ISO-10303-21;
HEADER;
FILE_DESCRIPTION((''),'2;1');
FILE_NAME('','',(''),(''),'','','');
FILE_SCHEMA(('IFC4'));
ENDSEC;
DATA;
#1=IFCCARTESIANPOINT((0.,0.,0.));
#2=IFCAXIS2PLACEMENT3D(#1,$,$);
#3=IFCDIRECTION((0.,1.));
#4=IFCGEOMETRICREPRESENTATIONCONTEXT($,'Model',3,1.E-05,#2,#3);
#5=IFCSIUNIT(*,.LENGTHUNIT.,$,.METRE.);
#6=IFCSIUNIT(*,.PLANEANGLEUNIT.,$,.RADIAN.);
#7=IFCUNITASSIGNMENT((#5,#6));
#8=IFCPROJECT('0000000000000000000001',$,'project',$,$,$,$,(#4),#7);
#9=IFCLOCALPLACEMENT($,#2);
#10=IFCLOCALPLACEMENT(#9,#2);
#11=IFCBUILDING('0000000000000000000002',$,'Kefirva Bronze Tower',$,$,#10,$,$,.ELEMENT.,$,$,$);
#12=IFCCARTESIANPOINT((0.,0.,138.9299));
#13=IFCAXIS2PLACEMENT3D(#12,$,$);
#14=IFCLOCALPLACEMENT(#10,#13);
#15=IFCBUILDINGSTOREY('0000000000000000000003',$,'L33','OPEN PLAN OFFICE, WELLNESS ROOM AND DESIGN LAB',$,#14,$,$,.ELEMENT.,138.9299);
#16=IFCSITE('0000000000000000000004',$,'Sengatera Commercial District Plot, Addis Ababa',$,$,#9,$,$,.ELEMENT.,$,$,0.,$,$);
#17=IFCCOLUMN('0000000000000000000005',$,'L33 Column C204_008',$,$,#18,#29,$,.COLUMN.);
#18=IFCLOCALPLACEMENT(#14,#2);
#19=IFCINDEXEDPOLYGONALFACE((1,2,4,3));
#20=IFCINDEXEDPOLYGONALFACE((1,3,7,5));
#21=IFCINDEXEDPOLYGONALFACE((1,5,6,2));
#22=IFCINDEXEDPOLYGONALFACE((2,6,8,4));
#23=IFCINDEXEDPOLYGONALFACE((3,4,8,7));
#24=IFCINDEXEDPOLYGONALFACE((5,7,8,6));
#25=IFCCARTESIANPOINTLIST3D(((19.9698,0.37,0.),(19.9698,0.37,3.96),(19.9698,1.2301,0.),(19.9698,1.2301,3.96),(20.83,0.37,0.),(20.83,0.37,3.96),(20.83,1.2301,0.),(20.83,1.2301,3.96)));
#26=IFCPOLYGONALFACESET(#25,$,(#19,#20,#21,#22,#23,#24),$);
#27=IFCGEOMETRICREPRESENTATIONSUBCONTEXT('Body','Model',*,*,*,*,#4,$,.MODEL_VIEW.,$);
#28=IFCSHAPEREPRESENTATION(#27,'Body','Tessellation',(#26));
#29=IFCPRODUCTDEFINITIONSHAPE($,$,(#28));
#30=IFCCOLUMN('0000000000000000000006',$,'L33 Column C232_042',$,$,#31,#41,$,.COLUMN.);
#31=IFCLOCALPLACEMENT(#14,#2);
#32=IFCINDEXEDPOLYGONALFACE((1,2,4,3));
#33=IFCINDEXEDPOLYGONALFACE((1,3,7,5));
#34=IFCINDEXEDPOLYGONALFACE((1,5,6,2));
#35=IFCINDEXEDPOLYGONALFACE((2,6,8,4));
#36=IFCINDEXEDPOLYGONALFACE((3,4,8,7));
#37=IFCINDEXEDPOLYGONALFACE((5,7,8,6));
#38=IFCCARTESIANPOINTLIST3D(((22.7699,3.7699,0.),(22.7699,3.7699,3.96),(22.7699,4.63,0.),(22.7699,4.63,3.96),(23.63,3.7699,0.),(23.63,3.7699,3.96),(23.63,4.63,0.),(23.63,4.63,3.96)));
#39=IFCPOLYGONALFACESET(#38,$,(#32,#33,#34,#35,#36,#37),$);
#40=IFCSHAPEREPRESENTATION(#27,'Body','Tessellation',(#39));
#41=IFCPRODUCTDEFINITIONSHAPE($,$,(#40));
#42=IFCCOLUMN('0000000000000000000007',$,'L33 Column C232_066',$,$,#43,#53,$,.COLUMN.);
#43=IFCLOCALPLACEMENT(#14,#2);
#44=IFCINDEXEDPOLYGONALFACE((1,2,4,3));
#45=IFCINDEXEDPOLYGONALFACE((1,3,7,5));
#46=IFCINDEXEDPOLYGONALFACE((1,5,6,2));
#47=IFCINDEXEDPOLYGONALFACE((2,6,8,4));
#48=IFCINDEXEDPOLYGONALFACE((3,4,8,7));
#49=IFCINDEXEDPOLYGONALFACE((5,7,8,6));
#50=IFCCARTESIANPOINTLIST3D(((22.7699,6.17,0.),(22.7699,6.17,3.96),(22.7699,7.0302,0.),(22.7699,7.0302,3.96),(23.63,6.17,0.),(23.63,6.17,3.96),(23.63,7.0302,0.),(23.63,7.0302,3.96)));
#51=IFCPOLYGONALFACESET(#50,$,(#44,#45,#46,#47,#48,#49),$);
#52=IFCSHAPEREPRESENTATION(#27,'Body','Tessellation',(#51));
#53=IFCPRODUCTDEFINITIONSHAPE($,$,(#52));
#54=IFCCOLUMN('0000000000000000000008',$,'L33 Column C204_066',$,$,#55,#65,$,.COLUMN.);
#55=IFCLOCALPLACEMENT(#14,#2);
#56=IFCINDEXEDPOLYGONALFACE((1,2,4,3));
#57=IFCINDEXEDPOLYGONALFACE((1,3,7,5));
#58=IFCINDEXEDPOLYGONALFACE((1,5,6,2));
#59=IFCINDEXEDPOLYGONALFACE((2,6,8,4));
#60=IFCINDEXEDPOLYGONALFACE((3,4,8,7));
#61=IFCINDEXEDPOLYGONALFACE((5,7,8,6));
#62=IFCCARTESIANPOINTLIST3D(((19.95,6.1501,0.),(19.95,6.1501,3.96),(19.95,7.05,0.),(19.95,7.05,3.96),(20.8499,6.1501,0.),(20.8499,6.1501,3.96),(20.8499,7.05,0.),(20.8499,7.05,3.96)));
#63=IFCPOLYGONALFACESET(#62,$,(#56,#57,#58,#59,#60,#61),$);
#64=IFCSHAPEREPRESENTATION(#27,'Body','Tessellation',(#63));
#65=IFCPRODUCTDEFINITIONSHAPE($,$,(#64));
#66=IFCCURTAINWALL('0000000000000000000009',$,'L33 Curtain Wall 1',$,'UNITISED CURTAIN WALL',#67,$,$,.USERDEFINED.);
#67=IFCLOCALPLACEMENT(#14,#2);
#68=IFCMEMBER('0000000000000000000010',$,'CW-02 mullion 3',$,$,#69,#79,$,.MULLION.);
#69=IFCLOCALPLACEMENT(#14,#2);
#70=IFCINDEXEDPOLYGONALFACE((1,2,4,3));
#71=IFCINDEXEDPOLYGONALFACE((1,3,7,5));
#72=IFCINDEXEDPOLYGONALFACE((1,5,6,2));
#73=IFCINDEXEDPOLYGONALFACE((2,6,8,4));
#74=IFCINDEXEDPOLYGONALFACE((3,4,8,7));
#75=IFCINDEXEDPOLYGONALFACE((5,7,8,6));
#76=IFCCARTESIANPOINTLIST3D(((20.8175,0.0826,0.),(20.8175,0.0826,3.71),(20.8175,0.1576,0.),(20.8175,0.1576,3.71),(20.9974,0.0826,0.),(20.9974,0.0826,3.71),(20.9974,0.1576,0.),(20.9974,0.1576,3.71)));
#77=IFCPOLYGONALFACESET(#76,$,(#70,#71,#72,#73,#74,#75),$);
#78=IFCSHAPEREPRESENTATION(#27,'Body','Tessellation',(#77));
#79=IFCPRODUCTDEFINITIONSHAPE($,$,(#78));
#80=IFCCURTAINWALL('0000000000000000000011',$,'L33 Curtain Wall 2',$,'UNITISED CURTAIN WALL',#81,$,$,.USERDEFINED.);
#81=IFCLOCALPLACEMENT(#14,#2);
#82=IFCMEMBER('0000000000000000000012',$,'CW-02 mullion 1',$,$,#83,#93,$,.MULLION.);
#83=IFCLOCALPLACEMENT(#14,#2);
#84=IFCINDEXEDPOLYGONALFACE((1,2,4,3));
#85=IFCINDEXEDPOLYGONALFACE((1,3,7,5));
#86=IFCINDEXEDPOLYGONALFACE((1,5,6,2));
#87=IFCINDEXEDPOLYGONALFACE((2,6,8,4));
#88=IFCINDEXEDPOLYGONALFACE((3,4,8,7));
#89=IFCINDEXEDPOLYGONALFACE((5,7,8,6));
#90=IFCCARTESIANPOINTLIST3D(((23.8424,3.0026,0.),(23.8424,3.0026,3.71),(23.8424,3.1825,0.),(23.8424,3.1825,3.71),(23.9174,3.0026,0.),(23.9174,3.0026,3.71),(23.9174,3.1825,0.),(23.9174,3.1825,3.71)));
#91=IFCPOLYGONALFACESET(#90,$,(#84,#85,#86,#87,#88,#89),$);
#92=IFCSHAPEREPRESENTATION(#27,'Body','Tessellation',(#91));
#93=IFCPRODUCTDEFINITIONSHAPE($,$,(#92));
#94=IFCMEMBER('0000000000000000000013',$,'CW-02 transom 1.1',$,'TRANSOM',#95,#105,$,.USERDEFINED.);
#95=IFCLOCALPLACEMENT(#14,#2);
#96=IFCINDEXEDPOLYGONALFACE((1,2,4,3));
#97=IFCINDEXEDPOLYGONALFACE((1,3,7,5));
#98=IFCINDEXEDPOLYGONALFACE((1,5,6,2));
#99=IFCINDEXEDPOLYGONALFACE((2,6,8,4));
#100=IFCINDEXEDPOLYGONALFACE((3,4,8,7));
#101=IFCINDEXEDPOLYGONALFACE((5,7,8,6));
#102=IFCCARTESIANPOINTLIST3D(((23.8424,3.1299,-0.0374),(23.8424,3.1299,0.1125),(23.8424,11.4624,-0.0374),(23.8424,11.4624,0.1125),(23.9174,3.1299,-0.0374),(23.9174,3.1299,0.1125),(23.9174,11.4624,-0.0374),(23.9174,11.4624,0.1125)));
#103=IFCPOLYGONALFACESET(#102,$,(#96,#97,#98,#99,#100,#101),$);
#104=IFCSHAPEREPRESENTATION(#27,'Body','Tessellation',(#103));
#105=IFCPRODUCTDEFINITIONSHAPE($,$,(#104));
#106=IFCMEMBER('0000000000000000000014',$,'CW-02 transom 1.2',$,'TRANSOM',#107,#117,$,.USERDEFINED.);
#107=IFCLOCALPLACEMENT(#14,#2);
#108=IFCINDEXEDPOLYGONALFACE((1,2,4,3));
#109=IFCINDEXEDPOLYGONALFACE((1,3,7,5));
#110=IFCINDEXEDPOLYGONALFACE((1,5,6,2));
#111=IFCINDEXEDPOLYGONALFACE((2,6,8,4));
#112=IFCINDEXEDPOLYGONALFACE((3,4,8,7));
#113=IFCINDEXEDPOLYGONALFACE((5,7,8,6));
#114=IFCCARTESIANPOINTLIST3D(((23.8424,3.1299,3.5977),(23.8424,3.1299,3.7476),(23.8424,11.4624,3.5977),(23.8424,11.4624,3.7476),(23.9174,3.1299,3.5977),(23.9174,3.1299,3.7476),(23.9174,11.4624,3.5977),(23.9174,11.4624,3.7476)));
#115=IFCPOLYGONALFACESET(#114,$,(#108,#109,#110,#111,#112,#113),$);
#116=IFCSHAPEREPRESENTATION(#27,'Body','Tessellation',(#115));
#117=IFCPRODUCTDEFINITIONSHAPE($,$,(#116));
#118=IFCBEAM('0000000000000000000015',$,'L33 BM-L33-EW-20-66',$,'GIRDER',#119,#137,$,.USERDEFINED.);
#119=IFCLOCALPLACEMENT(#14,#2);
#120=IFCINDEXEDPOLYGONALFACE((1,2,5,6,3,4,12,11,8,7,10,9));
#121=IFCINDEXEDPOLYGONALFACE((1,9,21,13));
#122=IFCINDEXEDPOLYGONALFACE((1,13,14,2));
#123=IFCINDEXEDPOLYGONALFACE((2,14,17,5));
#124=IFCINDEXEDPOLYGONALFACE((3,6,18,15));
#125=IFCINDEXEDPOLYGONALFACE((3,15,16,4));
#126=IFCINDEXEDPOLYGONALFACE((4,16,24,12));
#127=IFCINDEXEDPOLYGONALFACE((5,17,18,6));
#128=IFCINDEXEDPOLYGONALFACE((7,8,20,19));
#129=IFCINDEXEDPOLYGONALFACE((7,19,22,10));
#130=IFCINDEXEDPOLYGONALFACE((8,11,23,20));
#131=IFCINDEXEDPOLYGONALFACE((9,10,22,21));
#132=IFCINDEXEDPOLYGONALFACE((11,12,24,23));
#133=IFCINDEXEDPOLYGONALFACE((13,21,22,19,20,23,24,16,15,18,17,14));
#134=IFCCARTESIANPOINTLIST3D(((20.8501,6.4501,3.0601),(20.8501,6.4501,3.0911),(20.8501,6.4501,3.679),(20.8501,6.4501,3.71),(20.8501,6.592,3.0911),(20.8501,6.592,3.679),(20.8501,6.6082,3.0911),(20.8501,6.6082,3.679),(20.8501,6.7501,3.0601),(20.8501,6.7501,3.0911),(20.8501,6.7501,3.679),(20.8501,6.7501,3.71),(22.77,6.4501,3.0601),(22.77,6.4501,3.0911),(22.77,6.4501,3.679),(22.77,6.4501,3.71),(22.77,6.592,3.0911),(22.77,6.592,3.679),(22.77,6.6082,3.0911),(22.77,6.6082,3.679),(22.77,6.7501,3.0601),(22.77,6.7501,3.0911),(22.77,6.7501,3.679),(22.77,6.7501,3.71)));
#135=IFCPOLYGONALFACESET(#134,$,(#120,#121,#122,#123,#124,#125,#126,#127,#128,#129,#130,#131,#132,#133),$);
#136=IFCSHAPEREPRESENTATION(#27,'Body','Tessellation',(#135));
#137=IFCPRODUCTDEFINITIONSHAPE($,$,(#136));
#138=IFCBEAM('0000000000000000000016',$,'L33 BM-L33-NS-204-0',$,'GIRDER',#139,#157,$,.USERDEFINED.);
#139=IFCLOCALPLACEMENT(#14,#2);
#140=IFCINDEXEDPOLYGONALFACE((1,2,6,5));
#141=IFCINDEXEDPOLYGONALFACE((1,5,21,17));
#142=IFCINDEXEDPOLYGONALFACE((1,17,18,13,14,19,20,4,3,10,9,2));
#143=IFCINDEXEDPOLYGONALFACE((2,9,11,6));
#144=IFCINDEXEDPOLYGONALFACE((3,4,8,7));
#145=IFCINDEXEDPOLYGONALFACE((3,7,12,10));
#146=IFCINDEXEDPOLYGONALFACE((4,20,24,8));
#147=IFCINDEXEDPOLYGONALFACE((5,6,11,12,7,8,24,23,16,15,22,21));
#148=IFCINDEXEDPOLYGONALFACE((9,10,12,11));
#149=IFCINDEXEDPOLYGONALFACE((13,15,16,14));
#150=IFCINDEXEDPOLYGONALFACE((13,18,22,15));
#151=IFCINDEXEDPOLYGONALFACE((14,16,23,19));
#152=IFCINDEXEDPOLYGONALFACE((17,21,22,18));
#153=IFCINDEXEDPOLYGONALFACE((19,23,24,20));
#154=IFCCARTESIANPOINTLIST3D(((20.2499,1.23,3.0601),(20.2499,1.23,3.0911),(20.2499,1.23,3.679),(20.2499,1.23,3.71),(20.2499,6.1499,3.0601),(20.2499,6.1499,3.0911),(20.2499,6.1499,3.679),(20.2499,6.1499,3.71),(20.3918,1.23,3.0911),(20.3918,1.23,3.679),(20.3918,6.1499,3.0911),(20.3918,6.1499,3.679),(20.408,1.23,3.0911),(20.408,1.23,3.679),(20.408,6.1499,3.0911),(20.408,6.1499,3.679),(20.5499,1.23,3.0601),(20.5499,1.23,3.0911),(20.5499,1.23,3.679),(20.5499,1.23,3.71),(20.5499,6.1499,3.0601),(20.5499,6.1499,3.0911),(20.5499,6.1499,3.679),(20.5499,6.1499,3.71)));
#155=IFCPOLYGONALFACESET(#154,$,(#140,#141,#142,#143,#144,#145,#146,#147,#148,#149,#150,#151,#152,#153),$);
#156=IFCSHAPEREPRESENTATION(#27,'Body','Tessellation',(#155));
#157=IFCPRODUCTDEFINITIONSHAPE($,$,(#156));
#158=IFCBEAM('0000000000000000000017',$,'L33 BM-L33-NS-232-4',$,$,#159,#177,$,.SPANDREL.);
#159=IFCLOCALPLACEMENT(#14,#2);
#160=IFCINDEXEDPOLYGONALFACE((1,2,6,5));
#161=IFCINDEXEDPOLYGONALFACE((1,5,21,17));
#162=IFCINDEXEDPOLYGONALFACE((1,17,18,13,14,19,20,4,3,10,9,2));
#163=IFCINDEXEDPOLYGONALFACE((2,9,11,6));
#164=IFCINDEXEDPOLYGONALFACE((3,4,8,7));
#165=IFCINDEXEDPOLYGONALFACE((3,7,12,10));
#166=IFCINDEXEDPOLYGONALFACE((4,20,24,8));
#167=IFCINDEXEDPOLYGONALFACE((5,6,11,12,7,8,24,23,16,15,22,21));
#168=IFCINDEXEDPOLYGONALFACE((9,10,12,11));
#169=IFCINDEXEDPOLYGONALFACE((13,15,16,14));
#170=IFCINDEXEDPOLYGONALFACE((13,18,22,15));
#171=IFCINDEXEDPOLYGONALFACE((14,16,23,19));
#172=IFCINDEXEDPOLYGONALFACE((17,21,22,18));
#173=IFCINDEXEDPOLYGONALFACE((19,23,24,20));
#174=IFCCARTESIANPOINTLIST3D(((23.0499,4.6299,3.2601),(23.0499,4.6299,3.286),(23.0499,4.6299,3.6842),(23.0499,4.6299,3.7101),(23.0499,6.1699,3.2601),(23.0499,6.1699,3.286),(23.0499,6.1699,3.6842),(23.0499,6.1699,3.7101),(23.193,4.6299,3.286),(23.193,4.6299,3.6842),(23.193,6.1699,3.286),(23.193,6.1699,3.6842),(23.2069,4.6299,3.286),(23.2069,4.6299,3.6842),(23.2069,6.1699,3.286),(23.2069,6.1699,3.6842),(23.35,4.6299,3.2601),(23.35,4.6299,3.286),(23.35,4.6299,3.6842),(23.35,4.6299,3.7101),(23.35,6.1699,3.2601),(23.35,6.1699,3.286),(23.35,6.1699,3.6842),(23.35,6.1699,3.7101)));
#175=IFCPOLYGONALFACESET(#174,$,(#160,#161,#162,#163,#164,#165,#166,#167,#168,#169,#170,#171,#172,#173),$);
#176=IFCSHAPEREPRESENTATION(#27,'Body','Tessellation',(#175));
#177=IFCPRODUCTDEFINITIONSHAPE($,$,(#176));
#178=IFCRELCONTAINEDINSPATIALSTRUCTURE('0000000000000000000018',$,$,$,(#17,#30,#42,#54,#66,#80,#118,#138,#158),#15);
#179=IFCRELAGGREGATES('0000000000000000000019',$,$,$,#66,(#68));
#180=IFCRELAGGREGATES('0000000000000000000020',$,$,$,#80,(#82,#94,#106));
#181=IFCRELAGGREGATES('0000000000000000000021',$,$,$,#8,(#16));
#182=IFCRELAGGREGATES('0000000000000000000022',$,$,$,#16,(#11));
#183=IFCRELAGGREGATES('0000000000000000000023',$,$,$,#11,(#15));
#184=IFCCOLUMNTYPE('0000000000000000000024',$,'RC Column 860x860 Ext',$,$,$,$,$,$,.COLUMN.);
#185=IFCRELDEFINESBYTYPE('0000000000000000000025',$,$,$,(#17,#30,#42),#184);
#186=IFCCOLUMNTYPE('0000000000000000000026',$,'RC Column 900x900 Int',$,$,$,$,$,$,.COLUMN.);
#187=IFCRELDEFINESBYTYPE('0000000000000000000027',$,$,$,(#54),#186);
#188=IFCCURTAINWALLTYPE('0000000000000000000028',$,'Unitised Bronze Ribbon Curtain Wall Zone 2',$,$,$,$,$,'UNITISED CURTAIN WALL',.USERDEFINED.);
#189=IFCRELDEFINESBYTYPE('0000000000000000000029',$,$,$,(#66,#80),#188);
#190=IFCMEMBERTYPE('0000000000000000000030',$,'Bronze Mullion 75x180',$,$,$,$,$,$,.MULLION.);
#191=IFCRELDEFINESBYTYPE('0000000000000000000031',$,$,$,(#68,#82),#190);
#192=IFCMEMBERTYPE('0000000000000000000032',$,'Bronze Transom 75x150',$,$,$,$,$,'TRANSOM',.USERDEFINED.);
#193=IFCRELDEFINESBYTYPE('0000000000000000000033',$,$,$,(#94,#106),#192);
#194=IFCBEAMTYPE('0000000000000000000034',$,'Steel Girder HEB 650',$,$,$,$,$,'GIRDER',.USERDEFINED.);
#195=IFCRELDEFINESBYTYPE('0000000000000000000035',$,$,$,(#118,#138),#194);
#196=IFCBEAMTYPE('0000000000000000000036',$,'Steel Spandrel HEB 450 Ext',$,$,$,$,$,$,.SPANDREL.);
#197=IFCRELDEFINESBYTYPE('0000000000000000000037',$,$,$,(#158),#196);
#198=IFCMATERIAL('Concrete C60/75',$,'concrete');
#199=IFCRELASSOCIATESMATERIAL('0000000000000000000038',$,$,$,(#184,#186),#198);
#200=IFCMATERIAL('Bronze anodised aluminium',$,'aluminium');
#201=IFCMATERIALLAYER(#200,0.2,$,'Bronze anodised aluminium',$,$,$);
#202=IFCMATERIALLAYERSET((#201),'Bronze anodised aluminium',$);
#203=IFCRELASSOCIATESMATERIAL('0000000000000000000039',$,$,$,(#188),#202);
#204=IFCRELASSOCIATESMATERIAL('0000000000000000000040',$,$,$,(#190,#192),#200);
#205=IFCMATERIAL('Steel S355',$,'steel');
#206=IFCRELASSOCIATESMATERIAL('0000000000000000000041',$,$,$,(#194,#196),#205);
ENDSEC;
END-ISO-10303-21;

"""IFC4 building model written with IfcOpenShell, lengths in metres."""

from ifc_helpers import new_model, si_unit, direction, frame, origin, origin_2d, place, context, subcontext, project, spatial, rectangle, i_section, extrude, material, layer, layer_set, material_profile, profile_set, type_object, element, aggregate, save


model = new_model("IFC4")

# Units and contexts
model_context = context("Model", 3, precision=1e-05, world=origin(), true_north=direction((0.0, 1.0)))
body_context = subcontext(model_context, "Body", "Model", "MODEL_VIEW")
ifc_project = project(units=[si_unit("LENGTHUNIT", "METRE"), si_unit("PLANEANGLEUNIT", "RADIAN")], contexts=[model_context])

# Site, building, storey
site_placement = place(None, origin())
site = spatial("IfcSite", under=ifc_project, at=site_placement, Name="Sengatera Commercial District Plot, Addis Ababa", CompositionType="ELEMENT", RefElevation=0.0)
building_placement = place(site_placement, origin())
building = spatial("IfcBuilding", under=site, at=building_placement, Name="Kefirva Bronze Tower", CompositionType="ELEMENT")
storey_placement = place(building_placement, frame((0.0, 0.0, 138.9299)))
storey = spatial("IfcBuildingStorey", under=building, at=storey_placement, Name="L33", Description="OPEN PLAN OFFICE, WELLNESS ROOM AND DESIGN LAB", CompositionType="ELEMENT", Elevation=138.9299)

# Columns
ifc_material_1 = material(Name="Concrete C60/75", Category="concrete")
ifc_material_profile_1 = material_profile(ifc_material_1, rectangle(XDim=0.8601, YDim=0.8601, at=origin_2d()), Name="RC 860x860")
ifc_profile_set_1 = profile_set([ifc_material_profile_1], Name="Concrete C60/75")
column_type_1 = type_object("IfcColumnType", Name="RC Column 860x860 Ext", PredefinedType="COLUMN", material=ifc_profile_set_1)
for number, where, z_axis, x_axis, name in (
    (1, (20.3999, 0.8, 0.0), (0.0, 0.0, 1.0), (1.0, 0.0, 0.0), "L33 Column C204_008"),
    (2, (23.2, 4.2, 0.0), (0.0, 0.0, 1.0), (1.0, 0.0, 0.0), "L33 Column C232_042"),
    (3, (23.2, 6.6001, 0.0), (0.0, 0.0, 1.0), (1.0, 0.0, 0.0), "L33 Column C232_066"),
):
    element("IfcColumn", number, at=place(storey_placement, frame(where, z_axis=z_axis, x_axis=x_axis)), inside=storey, type_object=column_type_1, Name=name, PredefinedType="COLUMN", context=body_context, shape_type="SweptSolid", body=[
        extrude(rectangle(XDim=0.8601, YDim=0.8601, at=origin_2d()), origin(), (0.0, 0.0, 1.0), 3.96),
    ])
ifc_material_profile_2 = material_profile(ifc_material_1, rectangle(XDim=0.8999, YDim=0.8999, at=origin_2d()), Name="RC 900x900")
ifc_profile_set_2 = profile_set([ifc_material_profile_2], Name="Concrete C60/75")
column_type_2 = type_object("IfcColumnType", Name="RC Column 900x900 Int", PredefinedType="COLUMN", material=ifc_profile_set_2)
column_placement = place(storey_placement, frame((20.3999, 6.6001, 0.0), z_axis=(0.0, 0.0, 1.0), x_axis=(1.0, 0.0, 0.0)))
element("IfcColumn", 4, at=column_placement, inside=storey, type_object=column_type_2, Name="L33 Column C204_066", PredefinedType="COLUMN", context=body_context, shape_type="SweptSolid", body=[
    extrude(rectangle(XDim=0.8999, YDim=0.8999, at=origin_2d()), origin(), (0.0, 0.0, 1.0), 3.96),
])

# Curtain wall, member
ifc_material_2 = material(Name="Bronze anodised aluminium", Category="aluminium")
ifc_layer_1 = layer(ifc_material_2, 0.2, Name="Bronze anodised aluminium")
ifc_layer_set_1 = layer_set([ifc_layer_1], Name="Bronze anodised aluminium")
curtain_wall_type = type_object("IfcCurtainWallType", Name="Unitised Bronze Ribbon Curtain Wall Zone 2", ElementType="UNITISED CURTAIN WALL", PredefinedType="USERDEFINED", material=ifc_layer_set_1)
curtain_wall_1_placement = place(storey_placement, origin())
curtain_wall_1 = element("IfcCurtainWall", 5, at=curtain_wall_1_placement, inside=storey, type_object=curtain_wall_type, Name="L33 Curtain Wall 1", ObjectType="UNITISED CURTAIN WALL", PredefinedType="USERDEFINED")
ifc_material_profile_3 = material_profile(ifc_material_2, rectangle(XDim=0.075, YDim=0.1799, at=origin_2d()), Name="ALU 75x180")
ifc_profile_set_3 = profile_set([ifc_material_profile_3], Name="Bronze anodised aluminium")
member_type_1 = type_object("IfcMemberType", Name="Bronze Mullion 75x180", PredefinedType="MULLION", material=ifc_profile_set_3)
member_1_placement = place(storey_placement, frame((20.9075, 0.1201, 0.0), z_axis=(0.0, 0.0, 1.0), x_axis=(0.0, 1.0, 0.0)))
member_1 = element("IfcMember", 6, at=member_1_placement, type_object=member_type_1, Name="CW-02 mullion 3", PredefinedType="MULLION", context=body_context, shape_type="SweptSolid", body=[
    extrude(rectangle(XDim=0.075, YDim=0.1799, at=origin_2d()), origin(), (0.0, 0.0, 1.0), 3.71),
])
aggregate(curtain_wall_1, [member_1])

# Curtain wall, members
curtain_wall_2_placement = place(storey_placement, origin())
curtain_wall_2 = element("IfcCurtainWall", 7, at=curtain_wall_2_placement, inside=storey, type_object=curtain_wall_type, Name="L33 Curtain Wall 2", ObjectType="UNITISED CURTAIN WALL", PredefinedType="USERDEFINED")
member_2_placement = place(storey_placement, frame((23.8799, 3.0925, 0.0), z_axis=(0.0, 0.0, 1.0), x_axis=(-1.0, 0.0, 0.0)))
member_2 = element("IfcMember", 8, at=member_2_placement, type_object=member_type_1, Name="CW-02 mullion 1", PredefinedType="MULLION", context=body_context, shape_type="SweptSolid", body=[
    extrude(rectangle(XDim=0.075, YDim=0.1799, at=origin_2d()), origin(), (0.0, 0.0, 1.0), 3.71),
])
ifc_material_profile_4 = material_profile(ifc_material_2, rectangle(XDim=0.075, YDim=0.1499, at=origin_2d()), Name="ALU 75x150")
ifc_profile_set_4 = profile_set([ifc_material_profile_4], Name="Bronze anodised aluminium")
member_type_2 = type_object("IfcMemberType", Name="Bronze Transom 75x150", ElementType="TRANSOM", PredefinedType="USERDEFINED", material=ifc_profile_set_4)
member_3_placement = place(storey_placement, frame((23.8799, 3.1299, 0.0376), z_axis=(0.0, 1.0, 0.0), x_axis=(-1.0, 0.0, 0.0)))
member_3 = element("IfcMember", 9, at=member_3_placement, type_object=member_type_2, Name="CW-02 transom 1.1", ObjectType="TRANSOM", PredefinedType="USERDEFINED", context=body_context, shape_type="SweptSolid", body=[
    extrude(rectangle(XDim=0.075, YDim=0.1499, at=origin_2d()), origin(), (0.0, 0.0, 1.0), 8.3325),
])
member_4_placement = place(storey_placement, frame((23.8799, 3.1299, 3.6726), z_axis=(0.0, 1.0, 0.0), x_axis=(-1.0, 0.0, 0.0)))
member_4 = element("IfcMember", 10, at=member_4_placement, type_object=member_type_2, Name="CW-02 transom 1.2", ObjectType="TRANSOM", PredefinedType="USERDEFINED", context=body_context, shape_type="SweptSolid", body=[
    extrude(rectangle(XDim=0.075, YDim=0.1499, at=origin_2d()), origin(), (0.0, 0.0, 1.0), 8.3325),
])

# Beams
ifc_material_3 = material(Name="Steel S355", Category="steel")
ifc_material_profile_5 = material_profile(ifc_material_3, i_section(OverallWidth=0.3, OverallDepth=0.6499, WebThickness=0.0161, FlangeThickness=0.031, at=origin_2d()), Name="HEB 650")
ifc_profile_set_5 = profile_set([ifc_material_profile_5], Name="Steel S355")
beam_type_1 = type_object("IfcBeamType", Name="Steel Girder HEB 650", ElementType="GIRDER", PredefinedType="USERDEFINED", material=ifc_profile_set_5)
beam_1_placement = place(storey_placement, frame((20.8501, 6.6001, 3.385), z_axis=(1.0, 0.0, 0.0), x_axis=(0.0, 1.0, 0.0)))
element("IfcBeam", 11, at=beam_1_placement, inside=storey, type_object=beam_type_1, Name="L33 BM-L33-EW-20-66", ObjectType="GIRDER", PredefinedType="USERDEFINED", context=body_context, shape_type="SweptSolid", body=[
    extrude(i_section(OverallWidth=0.3, OverallDepth=0.6499, WebThickness=0.0161, FlangeThickness=0.031, at=origin_2d()), origin(), (0.0, 0.0, 1.0), 1.9199),
])
beam_2_placement = place(storey_placement, frame((20.3999, 1.23, 3.385), z_axis=(0.0, 1.0, 0.0), x_axis=(-1.0, 0.0, 0.0)))
element("IfcBeam", 12, at=beam_2_placement, inside=storey, type_object=beam_type_1, Name="L33 BM-L33-NS-204-0", ObjectType="GIRDER", PredefinedType="USERDEFINED", context=body_context, shape_type="SweptSolid", body=[
    extrude(i_section(OverallWidth=0.3, OverallDepth=0.6499, WebThickness=0.0161, FlangeThickness=0.031, at=origin_2d()), origin(), (0.0, 0.0, 1.0), 4.9199),
])
ifc_material_profile_6 = material_profile(ifc_material_3, i_section(OverallWidth=0.3, OverallDepth=0.45, WebThickness=0.0139, FlangeThickness=0.0259, at=origin_2d()), Name="HEB 450")
ifc_profile_set_6 = profile_set([ifc_material_profile_6], Name="Steel S355")
beam_type_2 = type_object("IfcBeamType", Name="Steel Spandrel HEB 450 Ext", PredefinedType="SPANDREL", material=ifc_profile_set_6)
beam_3_placement = place(storey_placement, frame((23.2, 4.6299, 3.4851), z_axis=(0.0, 1.0, 0.0), x_axis=(-1.0, 0.0, 0.0)))
element("IfcBeam", 13, at=beam_3_placement, inside=storey, type_object=beam_type_2, Name="L33 BM-L33-NS-232-4", PredefinedType="SPANDREL", context=body_context, shape_type="SweptSolid", body=[
    extrude(i_section(OverallWidth=0.3, OverallDepth=0.45, WebThickness=0.0139, FlangeThickness=0.0259, at=origin_2d()), origin(), (0.0, 0.0, 1.0), 1.54),
])

aggregate(curtain_wall_2, [member_2, member_3, member_4])

save(model, "model.ifc")
